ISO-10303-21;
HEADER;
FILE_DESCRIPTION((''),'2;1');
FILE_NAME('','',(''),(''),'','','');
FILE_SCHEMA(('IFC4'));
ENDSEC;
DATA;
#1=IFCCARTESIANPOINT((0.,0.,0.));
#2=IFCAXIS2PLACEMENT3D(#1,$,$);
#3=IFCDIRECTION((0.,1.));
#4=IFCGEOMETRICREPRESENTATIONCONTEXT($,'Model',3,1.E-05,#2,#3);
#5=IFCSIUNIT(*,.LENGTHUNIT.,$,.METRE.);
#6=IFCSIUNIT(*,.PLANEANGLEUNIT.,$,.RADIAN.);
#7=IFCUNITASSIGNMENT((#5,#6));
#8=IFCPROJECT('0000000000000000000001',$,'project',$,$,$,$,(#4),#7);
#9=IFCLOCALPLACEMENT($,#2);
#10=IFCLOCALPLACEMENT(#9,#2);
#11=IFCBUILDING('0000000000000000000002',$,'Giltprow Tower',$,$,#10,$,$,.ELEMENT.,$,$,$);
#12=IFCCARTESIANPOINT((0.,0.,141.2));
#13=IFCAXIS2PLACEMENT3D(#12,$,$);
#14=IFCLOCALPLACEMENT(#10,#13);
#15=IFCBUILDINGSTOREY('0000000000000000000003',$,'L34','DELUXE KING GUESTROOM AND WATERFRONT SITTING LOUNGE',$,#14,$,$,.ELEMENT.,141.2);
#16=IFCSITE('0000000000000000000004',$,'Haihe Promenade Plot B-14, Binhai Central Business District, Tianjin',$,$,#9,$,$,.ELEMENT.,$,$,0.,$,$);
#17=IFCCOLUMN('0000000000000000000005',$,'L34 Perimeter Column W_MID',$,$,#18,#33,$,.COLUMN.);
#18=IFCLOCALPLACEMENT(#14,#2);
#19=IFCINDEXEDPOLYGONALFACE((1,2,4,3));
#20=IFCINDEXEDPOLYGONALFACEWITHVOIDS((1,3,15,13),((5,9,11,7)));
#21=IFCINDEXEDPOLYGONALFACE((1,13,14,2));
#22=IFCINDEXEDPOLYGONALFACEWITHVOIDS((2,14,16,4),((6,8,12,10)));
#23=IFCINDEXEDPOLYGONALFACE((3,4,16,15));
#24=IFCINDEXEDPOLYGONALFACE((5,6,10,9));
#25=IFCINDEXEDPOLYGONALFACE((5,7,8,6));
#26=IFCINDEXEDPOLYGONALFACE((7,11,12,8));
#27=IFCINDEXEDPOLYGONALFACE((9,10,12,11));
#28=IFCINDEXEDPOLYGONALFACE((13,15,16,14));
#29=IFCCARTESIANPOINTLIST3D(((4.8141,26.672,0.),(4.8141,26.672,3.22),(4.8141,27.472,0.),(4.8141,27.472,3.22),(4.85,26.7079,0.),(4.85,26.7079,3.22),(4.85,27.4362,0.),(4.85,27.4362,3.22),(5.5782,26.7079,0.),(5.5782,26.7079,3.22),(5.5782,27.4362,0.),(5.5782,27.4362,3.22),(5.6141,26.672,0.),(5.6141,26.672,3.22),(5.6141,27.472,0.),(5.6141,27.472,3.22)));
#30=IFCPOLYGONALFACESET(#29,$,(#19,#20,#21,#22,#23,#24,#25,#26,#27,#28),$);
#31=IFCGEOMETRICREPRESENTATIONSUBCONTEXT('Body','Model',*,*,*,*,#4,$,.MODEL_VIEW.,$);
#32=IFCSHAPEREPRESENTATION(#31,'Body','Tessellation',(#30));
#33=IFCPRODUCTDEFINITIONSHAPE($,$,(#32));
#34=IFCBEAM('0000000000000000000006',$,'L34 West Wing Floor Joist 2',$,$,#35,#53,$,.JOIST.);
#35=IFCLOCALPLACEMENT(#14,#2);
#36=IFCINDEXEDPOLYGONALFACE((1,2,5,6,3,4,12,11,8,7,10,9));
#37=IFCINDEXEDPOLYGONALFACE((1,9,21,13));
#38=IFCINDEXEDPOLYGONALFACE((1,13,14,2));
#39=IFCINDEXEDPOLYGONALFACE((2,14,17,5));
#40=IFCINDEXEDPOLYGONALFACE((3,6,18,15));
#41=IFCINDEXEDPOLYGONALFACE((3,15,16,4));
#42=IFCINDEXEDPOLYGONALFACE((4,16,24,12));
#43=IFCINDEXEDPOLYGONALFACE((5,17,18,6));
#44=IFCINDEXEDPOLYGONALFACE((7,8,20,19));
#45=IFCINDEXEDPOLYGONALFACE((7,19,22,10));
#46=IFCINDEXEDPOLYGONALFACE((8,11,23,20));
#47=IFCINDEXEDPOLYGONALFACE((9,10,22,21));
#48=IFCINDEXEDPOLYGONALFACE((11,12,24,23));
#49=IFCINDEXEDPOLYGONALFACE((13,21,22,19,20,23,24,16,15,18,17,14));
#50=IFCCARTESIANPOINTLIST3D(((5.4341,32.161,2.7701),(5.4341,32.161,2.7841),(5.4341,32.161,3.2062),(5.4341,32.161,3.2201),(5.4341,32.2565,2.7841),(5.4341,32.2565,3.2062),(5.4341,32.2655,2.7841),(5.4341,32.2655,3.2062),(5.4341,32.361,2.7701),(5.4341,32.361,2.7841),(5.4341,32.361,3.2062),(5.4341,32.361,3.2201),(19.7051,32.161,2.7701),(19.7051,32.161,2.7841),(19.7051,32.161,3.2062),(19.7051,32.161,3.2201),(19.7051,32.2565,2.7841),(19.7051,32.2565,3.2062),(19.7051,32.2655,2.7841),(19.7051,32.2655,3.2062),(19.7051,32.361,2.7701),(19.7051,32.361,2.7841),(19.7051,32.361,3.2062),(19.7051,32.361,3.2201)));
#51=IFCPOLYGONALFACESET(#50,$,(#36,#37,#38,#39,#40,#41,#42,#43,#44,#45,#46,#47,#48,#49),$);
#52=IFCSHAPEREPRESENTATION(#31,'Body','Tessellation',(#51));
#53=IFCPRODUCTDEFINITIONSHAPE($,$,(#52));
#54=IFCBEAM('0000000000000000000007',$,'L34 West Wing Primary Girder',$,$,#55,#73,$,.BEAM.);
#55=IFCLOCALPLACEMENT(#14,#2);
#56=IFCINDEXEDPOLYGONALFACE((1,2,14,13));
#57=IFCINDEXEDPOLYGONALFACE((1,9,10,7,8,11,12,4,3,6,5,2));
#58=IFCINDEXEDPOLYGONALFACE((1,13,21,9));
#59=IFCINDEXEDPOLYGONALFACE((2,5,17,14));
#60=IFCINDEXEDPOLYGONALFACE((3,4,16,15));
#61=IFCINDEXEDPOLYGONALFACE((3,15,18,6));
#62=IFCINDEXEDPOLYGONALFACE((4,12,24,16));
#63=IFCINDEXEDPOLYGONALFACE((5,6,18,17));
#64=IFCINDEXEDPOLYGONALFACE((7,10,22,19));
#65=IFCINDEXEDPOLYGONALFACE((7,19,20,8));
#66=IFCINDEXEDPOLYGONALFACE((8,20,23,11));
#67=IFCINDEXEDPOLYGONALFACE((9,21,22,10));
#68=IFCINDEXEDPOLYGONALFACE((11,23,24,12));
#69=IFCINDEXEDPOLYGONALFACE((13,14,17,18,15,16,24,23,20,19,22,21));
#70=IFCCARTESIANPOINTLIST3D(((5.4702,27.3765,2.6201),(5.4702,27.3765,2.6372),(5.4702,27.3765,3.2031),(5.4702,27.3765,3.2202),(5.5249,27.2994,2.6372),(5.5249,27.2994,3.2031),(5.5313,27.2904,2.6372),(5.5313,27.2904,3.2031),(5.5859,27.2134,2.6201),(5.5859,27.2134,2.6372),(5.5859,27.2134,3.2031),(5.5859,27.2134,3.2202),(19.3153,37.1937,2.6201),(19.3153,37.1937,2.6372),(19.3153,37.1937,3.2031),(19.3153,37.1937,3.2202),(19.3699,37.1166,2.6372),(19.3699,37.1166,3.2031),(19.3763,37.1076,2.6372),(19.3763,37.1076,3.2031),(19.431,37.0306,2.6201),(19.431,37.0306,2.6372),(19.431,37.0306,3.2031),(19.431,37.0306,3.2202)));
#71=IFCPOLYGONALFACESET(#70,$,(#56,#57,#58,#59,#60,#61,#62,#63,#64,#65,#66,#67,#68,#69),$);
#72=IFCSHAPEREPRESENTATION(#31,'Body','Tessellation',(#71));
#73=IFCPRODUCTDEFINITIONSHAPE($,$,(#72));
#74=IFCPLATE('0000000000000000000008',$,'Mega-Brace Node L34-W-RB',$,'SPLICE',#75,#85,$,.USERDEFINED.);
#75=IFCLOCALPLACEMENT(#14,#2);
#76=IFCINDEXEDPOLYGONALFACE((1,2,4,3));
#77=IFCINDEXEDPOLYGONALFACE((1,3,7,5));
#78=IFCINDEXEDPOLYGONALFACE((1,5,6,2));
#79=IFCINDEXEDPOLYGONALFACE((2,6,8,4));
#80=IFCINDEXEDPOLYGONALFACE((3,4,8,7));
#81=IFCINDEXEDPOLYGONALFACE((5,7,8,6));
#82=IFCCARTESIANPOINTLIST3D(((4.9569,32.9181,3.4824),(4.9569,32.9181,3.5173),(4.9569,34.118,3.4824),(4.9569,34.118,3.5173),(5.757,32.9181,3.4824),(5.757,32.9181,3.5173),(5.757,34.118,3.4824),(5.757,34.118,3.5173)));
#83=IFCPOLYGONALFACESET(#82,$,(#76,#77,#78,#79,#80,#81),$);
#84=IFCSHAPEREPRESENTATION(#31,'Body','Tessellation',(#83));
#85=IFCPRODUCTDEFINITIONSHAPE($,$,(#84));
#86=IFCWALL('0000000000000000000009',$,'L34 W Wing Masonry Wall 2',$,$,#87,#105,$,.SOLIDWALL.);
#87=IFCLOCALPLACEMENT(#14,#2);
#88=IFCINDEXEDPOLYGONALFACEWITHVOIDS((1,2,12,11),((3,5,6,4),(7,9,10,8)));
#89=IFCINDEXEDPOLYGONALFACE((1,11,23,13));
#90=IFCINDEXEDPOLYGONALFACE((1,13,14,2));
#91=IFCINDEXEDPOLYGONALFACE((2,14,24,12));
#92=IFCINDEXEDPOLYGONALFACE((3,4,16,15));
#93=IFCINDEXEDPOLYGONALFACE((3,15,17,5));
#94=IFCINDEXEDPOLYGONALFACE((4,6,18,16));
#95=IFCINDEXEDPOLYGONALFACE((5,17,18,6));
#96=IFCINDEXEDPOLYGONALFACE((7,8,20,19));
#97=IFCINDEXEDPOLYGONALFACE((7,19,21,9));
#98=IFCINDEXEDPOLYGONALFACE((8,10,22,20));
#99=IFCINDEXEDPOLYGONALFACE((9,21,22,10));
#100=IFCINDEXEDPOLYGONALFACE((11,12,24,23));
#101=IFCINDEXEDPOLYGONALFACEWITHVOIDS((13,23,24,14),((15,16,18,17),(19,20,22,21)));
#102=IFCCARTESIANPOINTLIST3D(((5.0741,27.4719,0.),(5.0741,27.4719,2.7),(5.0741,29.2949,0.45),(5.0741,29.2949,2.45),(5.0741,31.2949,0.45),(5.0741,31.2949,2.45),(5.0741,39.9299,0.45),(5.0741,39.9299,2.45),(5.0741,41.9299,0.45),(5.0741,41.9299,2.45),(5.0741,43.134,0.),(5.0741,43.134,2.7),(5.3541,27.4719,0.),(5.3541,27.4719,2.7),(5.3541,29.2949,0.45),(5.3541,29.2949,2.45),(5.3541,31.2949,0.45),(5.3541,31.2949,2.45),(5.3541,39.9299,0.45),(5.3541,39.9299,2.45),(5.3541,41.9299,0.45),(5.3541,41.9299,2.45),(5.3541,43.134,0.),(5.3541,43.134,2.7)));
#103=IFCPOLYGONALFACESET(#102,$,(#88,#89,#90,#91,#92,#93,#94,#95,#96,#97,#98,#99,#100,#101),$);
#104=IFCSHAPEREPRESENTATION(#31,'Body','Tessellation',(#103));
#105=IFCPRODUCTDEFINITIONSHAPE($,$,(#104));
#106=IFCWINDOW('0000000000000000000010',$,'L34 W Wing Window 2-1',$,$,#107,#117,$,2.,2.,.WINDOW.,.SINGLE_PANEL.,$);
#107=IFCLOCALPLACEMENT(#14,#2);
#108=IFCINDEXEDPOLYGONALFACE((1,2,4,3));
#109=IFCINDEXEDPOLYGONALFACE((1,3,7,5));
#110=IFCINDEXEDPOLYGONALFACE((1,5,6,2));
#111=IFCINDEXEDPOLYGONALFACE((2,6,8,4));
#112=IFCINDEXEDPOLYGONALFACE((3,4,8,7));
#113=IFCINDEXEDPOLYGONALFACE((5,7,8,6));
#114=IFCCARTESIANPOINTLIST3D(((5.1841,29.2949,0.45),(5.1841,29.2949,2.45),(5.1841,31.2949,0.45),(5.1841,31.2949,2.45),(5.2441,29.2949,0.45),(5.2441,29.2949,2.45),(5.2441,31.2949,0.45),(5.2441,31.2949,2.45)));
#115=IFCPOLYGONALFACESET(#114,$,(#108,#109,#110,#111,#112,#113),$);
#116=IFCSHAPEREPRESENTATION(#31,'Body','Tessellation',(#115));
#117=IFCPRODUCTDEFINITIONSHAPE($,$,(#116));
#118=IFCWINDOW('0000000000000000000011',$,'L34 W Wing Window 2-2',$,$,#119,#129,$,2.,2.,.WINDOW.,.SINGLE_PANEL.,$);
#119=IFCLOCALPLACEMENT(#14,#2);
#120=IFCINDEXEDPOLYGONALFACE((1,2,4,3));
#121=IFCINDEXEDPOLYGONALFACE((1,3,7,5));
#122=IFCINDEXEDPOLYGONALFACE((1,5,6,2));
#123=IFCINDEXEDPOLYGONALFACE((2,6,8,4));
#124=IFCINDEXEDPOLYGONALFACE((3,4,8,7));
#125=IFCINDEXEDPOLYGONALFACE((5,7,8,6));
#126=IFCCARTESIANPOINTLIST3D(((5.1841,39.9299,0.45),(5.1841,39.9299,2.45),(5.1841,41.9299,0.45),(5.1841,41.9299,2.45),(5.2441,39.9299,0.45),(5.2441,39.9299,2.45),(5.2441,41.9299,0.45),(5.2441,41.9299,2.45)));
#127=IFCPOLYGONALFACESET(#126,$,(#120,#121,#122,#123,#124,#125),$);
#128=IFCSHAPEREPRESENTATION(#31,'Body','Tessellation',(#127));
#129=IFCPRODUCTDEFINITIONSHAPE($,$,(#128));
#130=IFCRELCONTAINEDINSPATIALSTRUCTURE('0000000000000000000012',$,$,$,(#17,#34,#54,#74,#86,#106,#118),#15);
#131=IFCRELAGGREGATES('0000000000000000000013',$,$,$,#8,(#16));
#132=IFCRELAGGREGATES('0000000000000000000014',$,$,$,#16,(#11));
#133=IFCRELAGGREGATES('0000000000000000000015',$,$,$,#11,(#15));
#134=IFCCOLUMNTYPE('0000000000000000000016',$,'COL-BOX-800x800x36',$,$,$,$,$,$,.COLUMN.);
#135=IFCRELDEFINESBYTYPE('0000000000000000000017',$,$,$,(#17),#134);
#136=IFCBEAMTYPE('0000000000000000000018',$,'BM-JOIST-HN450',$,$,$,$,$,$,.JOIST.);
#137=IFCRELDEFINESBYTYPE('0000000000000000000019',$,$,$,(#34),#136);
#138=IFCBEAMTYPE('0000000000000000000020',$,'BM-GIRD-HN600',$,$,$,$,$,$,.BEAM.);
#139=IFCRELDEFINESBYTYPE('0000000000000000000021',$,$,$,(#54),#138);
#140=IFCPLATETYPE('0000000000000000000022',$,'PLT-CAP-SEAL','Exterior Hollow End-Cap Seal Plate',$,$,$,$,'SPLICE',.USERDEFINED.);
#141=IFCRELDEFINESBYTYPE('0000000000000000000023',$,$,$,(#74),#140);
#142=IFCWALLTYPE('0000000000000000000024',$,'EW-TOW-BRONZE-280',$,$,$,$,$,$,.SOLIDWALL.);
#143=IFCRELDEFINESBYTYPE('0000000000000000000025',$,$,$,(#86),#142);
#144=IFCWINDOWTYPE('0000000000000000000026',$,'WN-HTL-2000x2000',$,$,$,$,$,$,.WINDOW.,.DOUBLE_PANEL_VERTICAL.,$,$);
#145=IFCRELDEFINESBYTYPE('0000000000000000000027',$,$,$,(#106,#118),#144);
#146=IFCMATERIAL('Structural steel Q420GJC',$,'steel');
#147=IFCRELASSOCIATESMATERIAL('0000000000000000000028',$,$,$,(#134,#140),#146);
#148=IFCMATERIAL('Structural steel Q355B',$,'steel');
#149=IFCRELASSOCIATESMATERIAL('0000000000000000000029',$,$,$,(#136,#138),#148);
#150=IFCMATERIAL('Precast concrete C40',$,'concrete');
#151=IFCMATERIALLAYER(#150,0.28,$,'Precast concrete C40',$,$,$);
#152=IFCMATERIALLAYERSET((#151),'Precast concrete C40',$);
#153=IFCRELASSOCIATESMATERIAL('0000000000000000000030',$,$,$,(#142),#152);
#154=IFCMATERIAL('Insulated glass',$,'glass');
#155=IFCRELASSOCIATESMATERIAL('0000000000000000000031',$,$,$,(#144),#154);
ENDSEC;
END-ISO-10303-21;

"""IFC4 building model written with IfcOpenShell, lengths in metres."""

from ifc_helpers import new_model, si_unit, direction, frame, frame_2d, origin, origin_2d, place, context, subcontext, project, spatial, rectangle, hollow_rectangle, i_section, extrude, source, transform, mapped, material, layer, layer_set, material_profile, profile_set, type_object, element, fill, save


model = new_model("IFC4")

# Units and contexts
model_context = context("Model", 3, precision=1e-05, world=origin(), true_north=direction((0.0, 1.0)))
body_context = subcontext(model_context, "Body", "Model", "MODEL_VIEW")
ifc_project = project(units=[si_unit("LENGTHUNIT", "METRE"), si_unit("PLANEANGLEUNIT", "RADIAN")], contexts=[model_context])

# Site, building, storey
site_placement = place(None, origin())
site = spatial("IfcSite", under=ifc_project, at=site_placement, Name="Haihe Promenade Plot B-14, Binhai Central Business District, Tianjin", CompositionType="ELEMENT", RefElevation=0.0)
building_placement = place(site_placement, origin())
building = spatial("IfcBuilding", under=site, at=building_placement, Name="Giltprow Tower", CompositionType="ELEMENT")
storey_placement = place(building_placement, frame((0.0, 0.0, 141.2)))
storey = spatial("IfcBuildingStorey", under=building, at=storey_placement, Name="L34", Description="DELUXE KING GUESTROOM AND WATERFRONT SITTING LOUNGE", CompositionType="ELEMENT", Elevation=141.2)

# Column
ifc_material_1 = material(Name="Structural steel Q420GJC", Category="steel")
ifc_material_profile_1 = material_profile(ifc_material_1, hollow_rectangle(XDim=0.8, YDim=0.8, WallThickness=0.0359, at=origin_2d()), Name="BOX 800x800x36")
ifc_profile_set_1 = profile_set([ifc_material_profile_1], Name="Structural steel Q420GJC")
column_type = type_object("IfcColumnType", Name="COL-BOX-800x800x36", PredefinedType="COLUMN", material=ifc_profile_set_1)
shared_shape_1 = source(origin(), body_context, "Body", "SweptSolid", [
    extrude(hollow_rectangle(XDim=0.8, YDim=0.8, WallThickness=0.0359, at=origin_2d()), origin(), (0.0, 0.0, 1.0), 3.22),
])
column_placement = place(storey_placement, frame((5.2141, 27.072, 0.0), z_axis=(0.0, 0.0, 1.0), x_axis=(1.0, 0.0, 0.0)))
element("IfcColumn", 1, at=column_placement, inside=storey, type_object=column_type, Name="L34 Perimeter Column W_MID", PredefinedType="COLUMN", context=body_context, shape_type="MappedRepresentation", body=[
    mapped(shared_shape_1, transform((0.0, 0.0, 0.0), x_axis=(1.0, 0.0, 0.0), y_axis=(0.0, 1.0, 0.0), z_axis=(0.0, 0.0, 1.0), scale=1.0)),
])

# Beams
ifc_material_2 = material(Name="Structural steel Q355B", Category="steel")
ifc_material_profile_2 = material_profile(ifc_material_2, i_section(OverallWidth=0.2, OverallDepth=0.45, WebThickness=0.009, FlangeThickness=0.0139, at=origin_2d()), Name="HN 450x200x9x14")
ifc_profile_set_2 = profile_set([ifc_material_profile_2], Name="Structural steel Q355B")
beam_type_1 = type_object("IfcBeamType", Name="BM-JOIST-HN450", PredefinedType="JOIST", material=ifc_profile_set_2)
shared_shape_2 = source(origin(), body_context, "Body", "SweptSolid", [
    extrude(i_section(OverallWidth=0.2, OverallDepth=0.45, WebThickness=0.009, FlangeThickness=0.0139, at=origin_2d()), origin(), (0.0, 0.0, 1.0), 14.271),
])
beam_1_placement = place(storey_placement, frame((5.4341, 32.261, 2.9951), z_axis=(1.0, 0.0, 0.0), x_axis=(0.0, 1.0, 0.0)))
element("IfcBeam", 2, at=beam_1_placement, inside=storey, type_object=beam_type_1, Name="L34 West Wing Floor Joist 2", PredefinedType="JOIST", context=body_context, shape_type="MappedRepresentation", body=[
    mapped(shared_shape_2, transform((0.0, 0.0, 0.0), x_axis=(1.0, 0.0, 0.0), y_axis=(0.0, 1.0, 0.0), z_axis=(0.0, 0.0, 1.0), scale=1.0)),
])
ifc_material_profile_3 = material_profile(ifc_material_2, i_section(OverallWidth=0.2, OverallDepth=0.6001, WebThickness=0.011, FlangeThickness=0.0171, at=origin_2d()), Name="HN 600x200x11x17")
ifc_profile_set_3 = profile_set([ifc_material_profile_3], Name="Structural steel Q355B")
beam_type_2 = type_object("IfcBeamType", Name="BM-GIRD-HN600", PredefinedType="BEAM", material=ifc_profile_set_3)
shared_shape_3 = source(origin(), body_context, "Body", "SweptSolid", [
    extrude(i_section(OverallWidth=0.2, OverallDepth=0.6001, WebThickness=0.011, FlangeThickness=0.0171, at=origin_2d()), origin(), (0.0, 0.0, 1.0), 16.9724),
])
beam_2_placement = place(storey_placement, frame((5.5281, 27.2949, 2.9202), z_axis=(0.815739, 0.578421, 0.0), x_axis=(-0.578421, 0.815739, 0.0)))
element("IfcBeam", 3, at=beam_2_placement, inside=storey, type_object=beam_type_2, Name="L34 West Wing Primary Girder", PredefinedType="BEAM", context=body_context, shape_type="MappedRepresentation", body=[
    mapped(shared_shape_3, transform((0.0, 0.0, 0.0), x_axis=(1.0, 0.0, 0.0), y_axis=(0.0, 1.0, 0.0), z_axis=(0.0, 0.0, 1.0), scale=1.0)),
])

# Plate
plate_type = type_object("IfcPlateType", Name="PLT-CAP-SEAL", Description="Exterior Hollow End-Cap Seal Plate", ElementType="SPLICE", PredefinedType="USERDEFINED", material=ifc_material_1)
shared_shape_4 = source(origin(), body_context, "Body", "SweptSolid", [
    extrude(rectangle(XDim=1.2, YDim=0.8, at=origin_2d()), origin(), (0.0, 0.0, 1.0), 0.0349),
])
plate_placement = place(storey_placement, frame((5.3569, 33.5181, 3.4824), z_axis=(0.0, 0.0, 1.0), x_axis=(0.0, 1.0, 0.0)))
element("IfcPlate", 4, at=plate_placement, inside=storey, type_object=plate_type, Name="Mega-Brace Node L34-W-RB", ObjectType="SPLICE", PredefinedType="USERDEFINED", context=body_context, shape_type="MappedRepresentation", body=[
    mapped(shared_shape_4, transform((0.0, 0.0, 0.0), x_axis=(1.0, 0.0, 0.0), y_axis=(0.0, 1.0, 0.0), z_axis=(0.0, 0.0, 1.0), scale=1.0)),
])

# Wall, openings, windows
ifc_material_3 = material(Name="Precast concrete C40", Category="concrete")
ifc_layer_1 = layer(ifc_material_3, 0.28, Name="Precast concrete C40")
ifc_layer_set_1 = layer_set([ifc_layer_1], Name="Precast concrete C40")
wall_type_1 = type_object("IfcWallType", Name="EW-TOW-BRONZE-280", PredefinedType="SOLIDWALL", material=ifc_layer_set_1)
wall_1_placement = place(storey_placement, frame((5.2141, 27.4719, 0.0), z_axis=(0.0, 0.0, 1.0), x_axis=(0.0, 1.0, 0.0)))
wall_1 = element("IfcWall", 5, at=wall_1_placement, inside=storey, type_object=wall_type_1, Name="L34 W Wing Masonry Wall 2", PredefinedType="SOLIDWALL", context=body_context, shape_type="SweptSolid", body=[
    extrude(rectangle(XDim=15.6621, YDim=0.28, at=frame_2d((7.8311, 0.0))), origin(), (0.0, 0.0, 1.0), 2.7),
])
opening_1_placement = place(wall_1_placement, frame((1.823, 0.0, 0.45)))
opening_1 = element("IfcOpeningElement", 6, at=opening_1_placement, cuts=wall_1, PredefinedType="OPENING", context=body_context, shape_type="SweptSolid", body=[
    extrude(rectangle(XDim=2.0, YDim=2.0, at=frame_2d((1.0, 1.0))), frame((0.0, 0.1499, 0.0), z_axis=(0.0, -1.0, 0.0), x_axis=(1.0, 0.0, 0.0)), (0.0, 0.0, 1.0), 0.3),
])
opening_2_placement = place(wall_1_placement, frame((12.458, 0.0, 0.45)))
opening_2 = element("IfcOpeningElement", 7, at=opening_2_placement, cuts=wall_1, PredefinedType="OPENING", context=body_context, shape_type="SweptSolid", body=[
    extrude(rectangle(XDim=2.0, YDim=2.0, at=frame_2d((1.0, 1.0))), frame((0.0, 0.1499, 0.0), z_axis=(0.0, -1.0, 0.0), x_axis=(1.0, 0.0, 0.0)), (0.0, 0.0, 1.0), 0.3),
])
ifc_material_4 = material(Name="Insulated glass", Category="glass")
window_type = type_object("IfcWindowType", Name="WN-HTL-2000x2000", PartitioningType="DOUBLE_PANEL_VERTICAL", PredefinedType="WINDOW", material=ifc_material_4)
shared_shape_5 = source(origin(), body_context, "Body", "SweptSolid", [
    extrude(rectangle(XDim=2.0, YDim=2.0, at=frame_2d((1.0, 1.0))), frame((0.0, 0.03, 0.0), z_axis=(0.0, -1.0, 0.0), x_axis=(1.0, 0.0, 0.0)), (0.0, 0.0, 1.0), 0.0601),
])
window_1_placement = place(opening_1_placement, origin())
window_1 = element("IfcWindow", 8, at=window_1_placement, inside=storey, type_object=window_type, Name="L34 W Wing Window 2-1", OverallHeight=2.0, OverallWidth=2.0, PartitioningType="SINGLE_PANEL", PredefinedType="WINDOW", context=body_context, shape_type="MappedRepresentation", body=[
    mapped(shared_shape_5, transform((0.0, 0.0, 0.0), x_axis=(1.0, 0.0, 0.0), y_axis=(0.0, 1.0, 0.0), z_axis=(0.0, 0.0, 1.0), scale=1.0)),
])
fill(opening_1, window_1)
window_2_placement = place(opening_2_placement, origin())
window_2 = element("IfcWindow", 9, at=window_2_placement, inside=storey, type_object=window_type, Name="L34 W Wing Window 2-2", OverallHeight=2.0, OverallWidth=2.0, PartitioningType="SINGLE_PANEL", PredefinedType="WINDOW", context=body_context, shape_type="MappedRepresentation", body=[
    mapped(shared_shape_5, transform((0.0, 0.0, 0.0), x_axis=(1.0, 0.0, 0.0), y_axis=(0.0, 1.0, 0.0), z_axis=(0.0, 0.0, 1.0), scale=1.0)),
])
fill(opening_2, window_2)

save(model, "model.ifc")
